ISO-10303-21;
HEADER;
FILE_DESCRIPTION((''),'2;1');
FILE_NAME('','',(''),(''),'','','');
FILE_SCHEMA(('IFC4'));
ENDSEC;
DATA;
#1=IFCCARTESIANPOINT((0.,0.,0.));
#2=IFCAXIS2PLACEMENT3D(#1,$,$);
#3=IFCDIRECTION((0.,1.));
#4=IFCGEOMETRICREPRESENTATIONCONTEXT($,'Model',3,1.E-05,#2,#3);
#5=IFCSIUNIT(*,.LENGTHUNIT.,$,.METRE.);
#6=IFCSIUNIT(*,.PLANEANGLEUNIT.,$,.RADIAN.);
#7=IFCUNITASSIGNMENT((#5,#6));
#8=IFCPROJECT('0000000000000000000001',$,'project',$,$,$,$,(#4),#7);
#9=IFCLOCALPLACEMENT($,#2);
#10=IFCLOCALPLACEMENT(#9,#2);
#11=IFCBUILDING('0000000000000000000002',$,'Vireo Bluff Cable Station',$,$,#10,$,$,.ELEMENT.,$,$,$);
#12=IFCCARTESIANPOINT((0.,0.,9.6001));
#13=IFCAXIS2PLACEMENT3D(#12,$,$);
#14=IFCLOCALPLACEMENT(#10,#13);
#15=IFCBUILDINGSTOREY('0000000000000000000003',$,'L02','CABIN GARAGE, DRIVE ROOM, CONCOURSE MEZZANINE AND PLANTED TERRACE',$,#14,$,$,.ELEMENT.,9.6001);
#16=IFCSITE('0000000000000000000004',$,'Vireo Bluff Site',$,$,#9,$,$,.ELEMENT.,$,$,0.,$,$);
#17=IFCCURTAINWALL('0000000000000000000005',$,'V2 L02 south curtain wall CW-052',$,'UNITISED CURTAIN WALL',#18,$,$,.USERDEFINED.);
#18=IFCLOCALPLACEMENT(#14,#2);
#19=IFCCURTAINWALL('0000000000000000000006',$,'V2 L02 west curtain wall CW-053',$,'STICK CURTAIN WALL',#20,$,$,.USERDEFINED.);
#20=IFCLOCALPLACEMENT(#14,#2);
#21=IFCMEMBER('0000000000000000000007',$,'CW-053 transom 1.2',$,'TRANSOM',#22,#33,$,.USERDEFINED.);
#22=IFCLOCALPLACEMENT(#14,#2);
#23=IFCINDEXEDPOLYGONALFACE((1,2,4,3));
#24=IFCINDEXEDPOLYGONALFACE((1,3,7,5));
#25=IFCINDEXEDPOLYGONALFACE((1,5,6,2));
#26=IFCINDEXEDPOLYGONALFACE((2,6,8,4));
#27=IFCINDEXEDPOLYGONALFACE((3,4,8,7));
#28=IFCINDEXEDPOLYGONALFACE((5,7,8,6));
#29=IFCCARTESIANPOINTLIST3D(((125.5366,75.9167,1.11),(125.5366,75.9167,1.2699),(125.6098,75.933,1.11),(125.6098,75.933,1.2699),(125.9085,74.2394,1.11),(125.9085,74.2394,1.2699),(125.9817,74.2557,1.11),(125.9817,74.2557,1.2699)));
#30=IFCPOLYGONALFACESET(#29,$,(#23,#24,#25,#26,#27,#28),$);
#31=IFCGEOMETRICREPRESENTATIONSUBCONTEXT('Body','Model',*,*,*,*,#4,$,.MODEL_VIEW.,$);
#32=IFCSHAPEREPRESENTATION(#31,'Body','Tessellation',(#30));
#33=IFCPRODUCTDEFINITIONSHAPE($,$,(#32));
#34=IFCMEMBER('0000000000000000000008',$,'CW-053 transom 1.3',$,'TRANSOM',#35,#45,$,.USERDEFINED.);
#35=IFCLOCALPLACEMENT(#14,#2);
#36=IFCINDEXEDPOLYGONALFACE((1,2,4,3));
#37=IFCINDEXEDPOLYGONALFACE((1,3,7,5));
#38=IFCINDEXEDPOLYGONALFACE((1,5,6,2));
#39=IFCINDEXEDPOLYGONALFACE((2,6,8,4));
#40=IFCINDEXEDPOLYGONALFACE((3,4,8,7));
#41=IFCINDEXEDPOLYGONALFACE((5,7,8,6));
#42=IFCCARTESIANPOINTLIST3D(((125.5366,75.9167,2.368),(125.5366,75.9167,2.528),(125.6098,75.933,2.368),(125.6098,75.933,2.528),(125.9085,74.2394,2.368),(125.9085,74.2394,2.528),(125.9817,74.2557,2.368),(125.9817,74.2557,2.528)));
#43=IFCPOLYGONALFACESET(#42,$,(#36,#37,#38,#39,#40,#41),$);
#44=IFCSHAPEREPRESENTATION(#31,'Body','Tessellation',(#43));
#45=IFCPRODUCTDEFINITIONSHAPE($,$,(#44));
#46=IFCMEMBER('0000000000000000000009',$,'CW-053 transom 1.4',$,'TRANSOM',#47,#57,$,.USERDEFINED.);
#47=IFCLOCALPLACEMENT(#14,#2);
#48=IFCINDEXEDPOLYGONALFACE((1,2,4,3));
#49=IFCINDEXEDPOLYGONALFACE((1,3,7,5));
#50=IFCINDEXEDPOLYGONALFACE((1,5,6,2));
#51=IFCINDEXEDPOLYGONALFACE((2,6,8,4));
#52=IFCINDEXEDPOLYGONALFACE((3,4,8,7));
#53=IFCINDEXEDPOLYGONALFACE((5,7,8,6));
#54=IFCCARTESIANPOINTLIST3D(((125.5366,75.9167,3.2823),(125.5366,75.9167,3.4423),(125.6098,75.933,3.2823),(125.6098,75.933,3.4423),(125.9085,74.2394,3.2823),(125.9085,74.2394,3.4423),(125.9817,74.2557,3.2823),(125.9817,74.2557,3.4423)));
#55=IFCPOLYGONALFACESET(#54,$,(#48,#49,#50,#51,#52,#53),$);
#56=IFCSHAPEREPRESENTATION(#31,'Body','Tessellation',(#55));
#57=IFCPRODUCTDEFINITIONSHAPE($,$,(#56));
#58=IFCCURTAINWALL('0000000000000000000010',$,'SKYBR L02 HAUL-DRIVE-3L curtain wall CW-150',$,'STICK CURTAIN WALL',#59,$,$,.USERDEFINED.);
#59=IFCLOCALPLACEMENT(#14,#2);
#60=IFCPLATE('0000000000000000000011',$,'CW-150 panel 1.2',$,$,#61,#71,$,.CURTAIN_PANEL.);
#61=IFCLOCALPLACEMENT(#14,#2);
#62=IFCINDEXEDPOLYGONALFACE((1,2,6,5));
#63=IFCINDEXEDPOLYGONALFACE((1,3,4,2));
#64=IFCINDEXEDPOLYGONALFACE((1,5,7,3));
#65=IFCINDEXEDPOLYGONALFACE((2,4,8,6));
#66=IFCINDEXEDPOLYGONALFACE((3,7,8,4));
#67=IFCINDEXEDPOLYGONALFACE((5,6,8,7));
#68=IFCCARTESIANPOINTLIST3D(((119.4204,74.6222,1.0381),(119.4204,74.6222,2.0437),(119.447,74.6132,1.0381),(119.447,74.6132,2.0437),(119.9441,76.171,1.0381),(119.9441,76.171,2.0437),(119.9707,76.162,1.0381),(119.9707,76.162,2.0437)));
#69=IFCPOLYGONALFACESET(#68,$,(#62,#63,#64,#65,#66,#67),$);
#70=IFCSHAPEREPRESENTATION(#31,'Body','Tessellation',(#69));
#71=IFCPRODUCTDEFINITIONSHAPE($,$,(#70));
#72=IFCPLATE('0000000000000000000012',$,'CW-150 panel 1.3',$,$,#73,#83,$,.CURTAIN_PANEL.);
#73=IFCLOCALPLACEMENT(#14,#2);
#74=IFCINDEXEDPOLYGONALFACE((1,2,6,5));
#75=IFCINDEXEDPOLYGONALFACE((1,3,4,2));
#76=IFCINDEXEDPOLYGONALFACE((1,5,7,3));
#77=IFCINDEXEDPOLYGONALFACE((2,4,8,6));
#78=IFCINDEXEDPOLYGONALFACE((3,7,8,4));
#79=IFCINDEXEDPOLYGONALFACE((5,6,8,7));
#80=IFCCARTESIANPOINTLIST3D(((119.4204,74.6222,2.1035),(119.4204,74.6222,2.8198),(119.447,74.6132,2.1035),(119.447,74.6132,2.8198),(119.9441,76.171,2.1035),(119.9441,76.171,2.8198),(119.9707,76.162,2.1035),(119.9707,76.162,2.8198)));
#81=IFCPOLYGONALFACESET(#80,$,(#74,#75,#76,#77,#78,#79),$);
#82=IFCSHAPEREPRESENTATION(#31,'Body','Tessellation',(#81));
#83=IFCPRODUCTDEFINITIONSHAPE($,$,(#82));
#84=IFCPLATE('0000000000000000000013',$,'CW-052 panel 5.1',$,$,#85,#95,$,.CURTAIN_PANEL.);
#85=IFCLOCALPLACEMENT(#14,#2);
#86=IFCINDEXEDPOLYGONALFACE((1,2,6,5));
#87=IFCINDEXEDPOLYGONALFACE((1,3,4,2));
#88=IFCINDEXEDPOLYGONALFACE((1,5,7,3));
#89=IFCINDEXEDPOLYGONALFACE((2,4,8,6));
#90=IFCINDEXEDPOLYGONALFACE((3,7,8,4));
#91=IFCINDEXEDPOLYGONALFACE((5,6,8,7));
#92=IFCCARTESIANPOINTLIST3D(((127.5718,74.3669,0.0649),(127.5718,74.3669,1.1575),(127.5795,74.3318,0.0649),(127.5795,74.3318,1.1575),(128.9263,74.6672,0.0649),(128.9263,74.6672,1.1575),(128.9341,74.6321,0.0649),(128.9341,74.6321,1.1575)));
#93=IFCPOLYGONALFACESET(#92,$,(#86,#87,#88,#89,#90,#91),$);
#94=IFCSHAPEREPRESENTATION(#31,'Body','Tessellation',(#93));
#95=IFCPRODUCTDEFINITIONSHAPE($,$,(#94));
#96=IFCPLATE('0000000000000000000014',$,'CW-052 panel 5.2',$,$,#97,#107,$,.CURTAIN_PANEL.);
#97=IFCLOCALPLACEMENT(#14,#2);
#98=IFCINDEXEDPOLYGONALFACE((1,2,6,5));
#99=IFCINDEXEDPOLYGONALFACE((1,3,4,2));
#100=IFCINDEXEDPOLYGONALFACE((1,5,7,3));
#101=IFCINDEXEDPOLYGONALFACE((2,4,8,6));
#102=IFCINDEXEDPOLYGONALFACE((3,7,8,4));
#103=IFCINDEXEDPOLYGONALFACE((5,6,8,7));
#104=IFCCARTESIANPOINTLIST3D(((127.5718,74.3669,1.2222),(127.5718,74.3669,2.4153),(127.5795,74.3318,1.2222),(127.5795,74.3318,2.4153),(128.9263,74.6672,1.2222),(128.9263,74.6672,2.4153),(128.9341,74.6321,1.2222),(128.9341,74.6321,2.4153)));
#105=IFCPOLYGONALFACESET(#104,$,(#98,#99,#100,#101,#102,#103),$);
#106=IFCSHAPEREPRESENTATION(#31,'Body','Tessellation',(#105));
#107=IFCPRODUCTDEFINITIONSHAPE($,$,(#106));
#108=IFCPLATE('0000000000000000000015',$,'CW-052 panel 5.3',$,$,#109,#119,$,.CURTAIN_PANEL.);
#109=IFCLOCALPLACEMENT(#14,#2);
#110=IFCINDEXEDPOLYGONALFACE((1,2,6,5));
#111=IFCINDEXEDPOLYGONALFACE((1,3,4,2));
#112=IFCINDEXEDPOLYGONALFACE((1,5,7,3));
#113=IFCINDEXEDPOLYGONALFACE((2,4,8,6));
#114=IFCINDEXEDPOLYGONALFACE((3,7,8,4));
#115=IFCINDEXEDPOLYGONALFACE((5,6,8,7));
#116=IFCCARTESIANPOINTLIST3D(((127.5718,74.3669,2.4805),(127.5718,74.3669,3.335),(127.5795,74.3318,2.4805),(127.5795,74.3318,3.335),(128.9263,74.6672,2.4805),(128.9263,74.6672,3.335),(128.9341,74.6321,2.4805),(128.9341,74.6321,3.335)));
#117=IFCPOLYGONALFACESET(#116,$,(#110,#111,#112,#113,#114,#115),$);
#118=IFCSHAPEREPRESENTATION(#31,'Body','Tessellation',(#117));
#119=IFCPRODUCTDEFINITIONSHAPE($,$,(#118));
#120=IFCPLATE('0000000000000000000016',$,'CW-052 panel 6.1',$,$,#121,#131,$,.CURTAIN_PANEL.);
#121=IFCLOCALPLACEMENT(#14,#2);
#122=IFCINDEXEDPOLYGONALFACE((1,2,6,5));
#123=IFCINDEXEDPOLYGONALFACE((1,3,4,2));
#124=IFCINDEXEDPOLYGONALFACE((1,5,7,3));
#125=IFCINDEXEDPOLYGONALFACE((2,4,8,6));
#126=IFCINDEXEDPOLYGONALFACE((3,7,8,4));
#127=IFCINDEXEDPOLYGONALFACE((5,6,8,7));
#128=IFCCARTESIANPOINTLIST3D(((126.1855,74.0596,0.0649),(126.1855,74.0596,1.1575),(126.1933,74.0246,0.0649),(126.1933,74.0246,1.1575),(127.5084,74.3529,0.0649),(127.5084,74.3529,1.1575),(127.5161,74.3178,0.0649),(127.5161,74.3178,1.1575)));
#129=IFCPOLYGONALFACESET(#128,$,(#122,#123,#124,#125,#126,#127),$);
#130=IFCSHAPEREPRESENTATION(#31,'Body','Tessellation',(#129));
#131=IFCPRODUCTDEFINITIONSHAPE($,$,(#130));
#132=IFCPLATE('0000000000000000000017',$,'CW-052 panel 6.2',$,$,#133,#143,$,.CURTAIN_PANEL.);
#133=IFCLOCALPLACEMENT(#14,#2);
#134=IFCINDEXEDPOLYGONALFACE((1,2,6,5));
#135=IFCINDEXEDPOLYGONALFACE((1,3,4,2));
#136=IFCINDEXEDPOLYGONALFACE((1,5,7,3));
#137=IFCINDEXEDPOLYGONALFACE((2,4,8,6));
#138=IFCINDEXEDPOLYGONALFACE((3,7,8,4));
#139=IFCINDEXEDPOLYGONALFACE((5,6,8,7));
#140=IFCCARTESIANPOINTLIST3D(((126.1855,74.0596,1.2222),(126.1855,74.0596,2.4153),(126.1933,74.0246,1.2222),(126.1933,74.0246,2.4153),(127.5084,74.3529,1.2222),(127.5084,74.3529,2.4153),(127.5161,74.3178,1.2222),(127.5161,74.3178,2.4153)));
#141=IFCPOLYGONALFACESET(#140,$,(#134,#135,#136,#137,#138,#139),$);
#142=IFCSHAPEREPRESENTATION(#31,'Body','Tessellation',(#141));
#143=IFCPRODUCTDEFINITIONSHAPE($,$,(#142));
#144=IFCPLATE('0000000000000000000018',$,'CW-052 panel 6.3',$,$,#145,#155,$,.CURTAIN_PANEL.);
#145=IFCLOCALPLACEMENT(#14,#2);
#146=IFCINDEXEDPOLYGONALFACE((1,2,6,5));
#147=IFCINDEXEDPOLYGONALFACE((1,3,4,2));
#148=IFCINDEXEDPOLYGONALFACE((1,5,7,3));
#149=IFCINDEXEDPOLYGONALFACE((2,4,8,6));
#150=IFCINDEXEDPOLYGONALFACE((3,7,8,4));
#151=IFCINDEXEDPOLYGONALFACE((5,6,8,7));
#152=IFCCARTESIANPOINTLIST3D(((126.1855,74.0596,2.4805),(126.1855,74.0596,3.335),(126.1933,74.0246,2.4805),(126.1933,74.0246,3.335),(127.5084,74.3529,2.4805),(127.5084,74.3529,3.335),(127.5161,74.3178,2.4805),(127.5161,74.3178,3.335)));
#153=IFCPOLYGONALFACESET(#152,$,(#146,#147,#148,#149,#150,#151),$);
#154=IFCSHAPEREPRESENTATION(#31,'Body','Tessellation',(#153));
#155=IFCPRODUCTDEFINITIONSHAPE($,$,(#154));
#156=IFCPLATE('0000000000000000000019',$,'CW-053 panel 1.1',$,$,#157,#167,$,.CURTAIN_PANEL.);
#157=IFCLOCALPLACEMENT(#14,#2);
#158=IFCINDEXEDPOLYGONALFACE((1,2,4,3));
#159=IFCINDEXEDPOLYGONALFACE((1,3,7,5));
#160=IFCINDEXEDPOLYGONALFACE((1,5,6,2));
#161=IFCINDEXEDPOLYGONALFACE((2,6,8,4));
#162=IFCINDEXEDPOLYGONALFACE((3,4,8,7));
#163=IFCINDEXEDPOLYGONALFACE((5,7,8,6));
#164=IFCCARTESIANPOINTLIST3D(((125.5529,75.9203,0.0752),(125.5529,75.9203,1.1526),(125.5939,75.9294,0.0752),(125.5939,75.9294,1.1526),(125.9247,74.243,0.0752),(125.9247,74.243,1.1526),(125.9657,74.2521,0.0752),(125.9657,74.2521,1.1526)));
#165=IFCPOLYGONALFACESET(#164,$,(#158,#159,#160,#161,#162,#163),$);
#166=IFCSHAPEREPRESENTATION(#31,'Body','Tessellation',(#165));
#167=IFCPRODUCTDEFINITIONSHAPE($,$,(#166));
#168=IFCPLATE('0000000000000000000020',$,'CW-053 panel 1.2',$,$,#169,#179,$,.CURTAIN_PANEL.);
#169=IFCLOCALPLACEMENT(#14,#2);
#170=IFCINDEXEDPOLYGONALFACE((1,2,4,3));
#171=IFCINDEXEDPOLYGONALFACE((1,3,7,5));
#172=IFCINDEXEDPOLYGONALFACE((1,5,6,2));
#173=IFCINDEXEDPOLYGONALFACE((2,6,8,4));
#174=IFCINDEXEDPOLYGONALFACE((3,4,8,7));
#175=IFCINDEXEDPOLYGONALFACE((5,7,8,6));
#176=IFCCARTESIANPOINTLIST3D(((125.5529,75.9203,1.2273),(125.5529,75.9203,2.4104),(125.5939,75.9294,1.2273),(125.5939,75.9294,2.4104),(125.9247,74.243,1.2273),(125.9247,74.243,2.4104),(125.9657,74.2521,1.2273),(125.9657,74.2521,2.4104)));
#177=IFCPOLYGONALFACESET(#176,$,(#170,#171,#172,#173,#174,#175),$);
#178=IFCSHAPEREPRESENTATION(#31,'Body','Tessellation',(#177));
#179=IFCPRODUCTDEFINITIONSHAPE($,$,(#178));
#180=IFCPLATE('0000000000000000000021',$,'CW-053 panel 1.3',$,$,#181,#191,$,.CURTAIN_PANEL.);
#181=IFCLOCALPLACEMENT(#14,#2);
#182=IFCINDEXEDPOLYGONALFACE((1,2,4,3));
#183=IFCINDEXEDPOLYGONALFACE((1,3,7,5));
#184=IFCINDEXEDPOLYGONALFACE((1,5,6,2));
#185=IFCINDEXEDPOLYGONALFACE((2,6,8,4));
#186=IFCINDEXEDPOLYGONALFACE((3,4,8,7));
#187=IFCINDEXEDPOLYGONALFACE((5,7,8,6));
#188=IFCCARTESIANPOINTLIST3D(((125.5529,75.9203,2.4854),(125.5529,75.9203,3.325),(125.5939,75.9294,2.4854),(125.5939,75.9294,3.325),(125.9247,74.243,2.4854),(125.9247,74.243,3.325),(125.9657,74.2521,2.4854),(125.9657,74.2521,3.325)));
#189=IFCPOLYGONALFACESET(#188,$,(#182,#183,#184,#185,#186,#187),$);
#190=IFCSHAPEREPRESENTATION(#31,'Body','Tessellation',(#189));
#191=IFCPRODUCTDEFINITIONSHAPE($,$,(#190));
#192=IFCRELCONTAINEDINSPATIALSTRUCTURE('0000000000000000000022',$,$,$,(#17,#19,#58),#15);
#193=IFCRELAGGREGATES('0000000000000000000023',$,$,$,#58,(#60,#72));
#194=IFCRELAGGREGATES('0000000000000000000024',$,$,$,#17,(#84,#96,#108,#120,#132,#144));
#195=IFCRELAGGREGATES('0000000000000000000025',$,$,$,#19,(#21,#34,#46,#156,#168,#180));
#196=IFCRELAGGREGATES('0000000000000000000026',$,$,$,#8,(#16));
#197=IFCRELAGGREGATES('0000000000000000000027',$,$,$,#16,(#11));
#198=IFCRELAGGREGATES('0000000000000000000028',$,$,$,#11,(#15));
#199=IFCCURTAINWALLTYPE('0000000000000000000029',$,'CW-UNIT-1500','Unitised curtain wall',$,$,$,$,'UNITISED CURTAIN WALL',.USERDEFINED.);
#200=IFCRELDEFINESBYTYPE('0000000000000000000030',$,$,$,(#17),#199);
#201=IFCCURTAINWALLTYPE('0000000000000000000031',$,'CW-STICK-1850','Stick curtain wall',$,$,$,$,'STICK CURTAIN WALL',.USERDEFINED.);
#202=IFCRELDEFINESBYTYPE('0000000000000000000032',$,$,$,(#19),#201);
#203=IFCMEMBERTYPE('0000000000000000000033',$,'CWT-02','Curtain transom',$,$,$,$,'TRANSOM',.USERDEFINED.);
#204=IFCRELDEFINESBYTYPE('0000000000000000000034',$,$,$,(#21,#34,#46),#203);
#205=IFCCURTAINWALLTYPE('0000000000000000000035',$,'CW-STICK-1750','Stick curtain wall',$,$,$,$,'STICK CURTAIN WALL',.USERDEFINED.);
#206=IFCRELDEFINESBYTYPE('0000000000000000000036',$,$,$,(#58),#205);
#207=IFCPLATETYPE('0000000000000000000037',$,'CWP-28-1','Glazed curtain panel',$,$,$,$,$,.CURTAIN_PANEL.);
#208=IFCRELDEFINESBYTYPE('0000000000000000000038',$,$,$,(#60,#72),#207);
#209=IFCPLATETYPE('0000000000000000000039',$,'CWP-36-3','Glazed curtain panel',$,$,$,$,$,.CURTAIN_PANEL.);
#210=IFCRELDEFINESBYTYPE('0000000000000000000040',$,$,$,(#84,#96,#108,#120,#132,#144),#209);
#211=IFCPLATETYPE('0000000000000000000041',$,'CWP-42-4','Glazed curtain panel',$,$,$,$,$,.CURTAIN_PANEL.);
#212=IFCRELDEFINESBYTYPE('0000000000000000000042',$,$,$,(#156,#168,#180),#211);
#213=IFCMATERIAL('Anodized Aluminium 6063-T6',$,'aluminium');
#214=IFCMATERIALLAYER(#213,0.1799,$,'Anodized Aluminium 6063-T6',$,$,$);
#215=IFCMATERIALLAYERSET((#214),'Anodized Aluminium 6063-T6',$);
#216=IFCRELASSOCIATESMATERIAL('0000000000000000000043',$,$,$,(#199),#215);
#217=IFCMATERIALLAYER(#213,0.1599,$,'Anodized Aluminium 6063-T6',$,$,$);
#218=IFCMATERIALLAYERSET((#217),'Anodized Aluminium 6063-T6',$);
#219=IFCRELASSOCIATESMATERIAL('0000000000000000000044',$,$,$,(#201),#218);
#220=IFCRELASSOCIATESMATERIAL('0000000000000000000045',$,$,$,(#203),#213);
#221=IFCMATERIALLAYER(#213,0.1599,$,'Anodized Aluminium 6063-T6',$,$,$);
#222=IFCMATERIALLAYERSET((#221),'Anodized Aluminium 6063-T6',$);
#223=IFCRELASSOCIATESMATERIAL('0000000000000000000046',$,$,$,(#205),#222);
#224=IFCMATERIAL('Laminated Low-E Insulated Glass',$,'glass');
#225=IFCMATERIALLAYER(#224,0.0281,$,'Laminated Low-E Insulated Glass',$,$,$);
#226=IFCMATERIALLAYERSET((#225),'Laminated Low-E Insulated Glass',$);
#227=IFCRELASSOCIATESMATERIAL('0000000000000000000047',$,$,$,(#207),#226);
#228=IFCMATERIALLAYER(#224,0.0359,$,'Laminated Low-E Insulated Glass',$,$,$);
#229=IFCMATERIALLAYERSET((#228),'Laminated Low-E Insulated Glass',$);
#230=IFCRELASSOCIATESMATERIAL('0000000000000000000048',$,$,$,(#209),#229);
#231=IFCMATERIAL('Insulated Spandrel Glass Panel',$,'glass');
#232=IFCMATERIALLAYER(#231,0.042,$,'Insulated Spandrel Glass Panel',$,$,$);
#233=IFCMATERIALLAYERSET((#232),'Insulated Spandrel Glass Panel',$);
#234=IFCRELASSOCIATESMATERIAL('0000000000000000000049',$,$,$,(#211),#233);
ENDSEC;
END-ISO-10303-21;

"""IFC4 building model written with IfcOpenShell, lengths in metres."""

from ifc_helpers import new_model, si_unit, direction, frame, origin, origin_2d, place, context, subcontext, project, spatial, rectangle, extrude, material, layer, layer_set, material_profile, profile_set, type_object, element, aggregate, save


model = new_model("IFC4")

# Units and contexts
model_context = context("Model", 3, precision=1e-05, world=origin(), true_north=direction((0.0, 1.0)))
body_context = subcontext(model_context, "Body", "Model", "MODEL_VIEW")
ifc_project = project(units=[si_unit("LENGTHUNIT", "METRE"), si_unit("PLANEANGLEUNIT", "RADIAN")], contexts=[model_context])

# Site, building, storey
site_placement = place(None, origin())
site = spatial("IfcSite", under=ifc_project, at=site_placement, Name="Vireo Bluff Site", CompositionType="ELEMENT", RefElevation=0.0)
building_placement = place(site_placement, origin())
building = spatial("IfcBuilding", under=site, at=building_placement, Name="Vireo Bluff Cable Station", CompositionType="ELEMENT")
storey_placement = place(building_placement, frame((0.0, 0.0, 9.6001)))
storey = spatial("IfcBuildingStorey", under=building, at=storey_placement, Name="L02", Description="CABIN GARAGE, DRIVE ROOM, CONCOURSE MEZZANINE AND PLANTED TERRACE", CompositionType="ELEMENT", Elevation=9.6001)

# Curtain wall
ifc_material_1 = material(Name="Anodized Aluminium 6063-T6", Category="aluminium")
ifc_layer_1 = layer(ifc_material_1, 0.1799, Name="Anodized Aluminium 6063-T6")
ifc_layer_set_1 = layer_set([ifc_layer_1], Name="Anodized Aluminium 6063-T6")
curtain_wall_type_1 = type_object("IfcCurtainWallType", Name="CW-UNIT-1500", Description="Unitised curtain wall", ElementType="UNITISED CURTAIN WALL", PredefinedType="USERDEFINED", material=ifc_layer_set_1)
curtain_wall_1_placement = place(storey_placement, origin())
curtain_wall_1 = element("IfcCurtainWall", 1, at=curtain_wall_1_placement, inside=storey, type_object=curtain_wall_type_1, Name="V2 L02 south curtain wall CW-052", ObjectType="UNITISED CURTAIN WALL", PredefinedType="USERDEFINED")

# Curtain wall
ifc_layer_2 = layer(ifc_material_1, 0.1599, Name="Anodized Aluminium 6063-T6")
ifc_layer_set_2 = layer_set([ifc_layer_2], Name="Anodized Aluminium 6063-T6")
curtain_wall_type_2 = type_object("IfcCurtainWallType", Name="CW-STICK-1850", Description="Stick curtain wall", ElementType="STICK CURTAIN WALL", PredefinedType="USERDEFINED", material=ifc_layer_set_2)
curtain_wall_2_placement = place(storey_placement, origin())
curtain_wall_2 = element("IfcCurtainWall", 2, at=curtain_wall_2_placement, inside=storey, type_object=curtain_wall_type_2, Name="V2 L02 west curtain wall CW-053", ObjectType="STICK CURTAIN WALL", PredefinedType="USERDEFINED")

# Members
ifc_material_profile_1 = material_profile(ifc_material_1, rectangle(XDim=0.075, YDim=0.1599, at=origin_2d()), Name="ALU-T-75X160")
ifc_profile_set_1 = profile_set([ifc_material_profile_1], Name="Anodized Aluminium 6063-T6")
member_type_1 = type_object("IfcMemberType", Name="CWT-02", Description="Curtain transom", ElementType="TRANSOM", PredefinedType="USERDEFINED", material=ifc_profile_set_1)
member_1_placement = place(storey_placement, frame((125.9451, 74.2476, 1.1899), z_axis=(-0.216434, 0.976297, 0.0), x_axis=(-0.976297, -0.216434, 0.0)))
member_1 = element("IfcMember", 3, at=member_1_placement, type_object=member_type_1, Name="CW-053 transom 1.2", ObjectType="TRANSOM", PredefinedType="USERDEFINED", context=body_context, shape_type="SweptSolid", body=[
    extrude(rectangle(XDim=0.075, YDim=0.1599, at=origin_2d()), origin(), (0.0, 0.0, 1.0), 1.718),
])
member_2_placement = place(storey_placement, frame((125.9451, 74.2476, 2.448), z_axis=(-0.216434, 0.976297, 0.0), x_axis=(-0.976297, -0.216434, 0.0)))
member_2 = element("IfcMember", 4, at=member_2_placement, type_object=member_type_1, Name="CW-053 transom 1.3", ObjectType="TRANSOM", PredefinedType="USERDEFINED", context=body_context, shape_type="SweptSolid", body=[
    extrude(rectangle(XDim=0.075, YDim=0.1599, at=origin_2d()), origin(), (0.0, 0.0, 1.0), 1.718),
])
member_3_placement = place(storey_placement, frame((125.9451, 74.2476, 3.3623), z_axis=(-0.216434, 0.976297, 0.0), x_axis=(-0.976297, -0.216434, 0.0)))
member_3 = element("IfcMember", 5, at=member_3_placement, type_object=member_type_1, Name="CW-053 transom 1.4", ObjectType="TRANSOM", PredefinedType="USERDEFINED", context=body_context, shape_type="SweptSolid", body=[
    extrude(rectangle(XDim=0.075, YDim=0.1599, at=origin_2d()), origin(), (0.0, 0.0, 1.0), 1.718),
])

# Curtain wall, plates
ifc_layer_3 = layer(ifc_material_1, 0.1599, Name="Anodized Aluminium 6063-T6")
ifc_layer_set_3 = layer_set([ifc_layer_3], Name="Anodized Aluminium 6063-T6")
curtain_wall_type_3 = type_object("IfcCurtainWallType", Name="CW-STICK-1750", Description="Stick curtain wall", ElementType="STICK CURTAIN WALL", PredefinedType="USERDEFINED", material=ifc_layer_set_3)
curtain_wall_3_placement = place(storey_placement, origin())
curtain_wall_3 = element("IfcCurtainWall", 6, at=curtain_wall_3_placement, inside=storey, type_object=curtain_wall_type_3, Name="SKYBR L02 HAUL-DRIVE-3L curtain wall CW-150", ObjectType="STICK CURTAIN WALL", PredefinedType="USERDEFINED")
ifc_material_2 = material(Name="Laminated Low-E Insulated Glass", Category="glass")
ifc_layer_4 = layer(ifc_material_2, 0.0281, Name="Laminated Low-E Insulated Glass")
ifc_layer_set_4 = layer_set([ifc_layer_4], Name="Laminated Low-E Insulated Glass")
plate_type_1 = type_object("IfcPlateType", Name="CWP-28-1", Description="Glazed curtain panel", PredefinedType="CURTAIN_PANEL", material=ifc_layer_set_4)
plate_1_placement = place(storey_placement, frame((119.6956, 75.3921, 1.0381), z_axis=(0.0, 0.0, 1.0), x_axis=(0.320354, 0.947298, 0.0)))
plate_1 = element("IfcPlate", 7, at=plate_1_placement, type_object=plate_type_1, Name="CW-150 panel 1.2", PredefinedType="CURTAIN_PANEL", context=body_context, shape_type="SweptSolid", body=[
    extrude(rectangle(XDim=1.635, YDim=0.0281, at=origin_2d()), origin(), (0.0, 0.0, 1.0), 1.0056),
])
plate_2_placement = place(storey_placement, frame((119.6956, 75.3921, 2.1035), z_axis=(0.0, 0.0, 1.0), x_axis=(0.320354, 0.947298, 0.0)))
plate_2 = element("IfcPlate", 8, at=plate_2_placement, type_object=plate_type_1, Name="CW-150 panel 1.3", PredefinedType="CURTAIN_PANEL", context=body_context, shape_type="SweptSolid", body=[
    extrude(rectangle(XDim=1.635, YDim=0.0281, at=origin_2d()), origin(), (0.0, 0.0, 1.0), 0.7163),
])
aggregate(curtain_wall_3, [plate_1, plate_2])

# Plates
ifc_layer_5 = layer(ifc_material_2, 0.0359, Name="Laminated Low-E Insulated Glass")
ifc_layer_set_5 = layer_set([ifc_layer_5], Name="Laminated Low-E Insulated Glass")
plate_type_2 = type_object("IfcPlateType", Name="CWP-36-3", Description="Glazed curtain panel", PredefinedType="CURTAIN_PANEL", material=ifc_layer_set_5)
plate_3_placement = place(storey_placement, frame((128.2529, 74.4995, 0.0649), z_axis=(0.0, 0.0, 1.0), x_axis=(-0.976296, -0.21644, 0.0)))
plate_3 = element("IfcPlate", 9, at=plate_3_placement, type_object=plate_type_2, Name="CW-052 panel 5.1", PredefinedType="CURTAIN_PANEL", context=body_context, shape_type="SweptSolid", body=[
    extrude(rectangle(XDim=1.3875, YDim=0.0359, at=origin_2d()), origin(), (0.0, 0.0, 1.0), 1.0925),
])
plate_4_placement = place(storey_placement, frame((128.2529, 74.4995, 1.2222), z_axis=(0.0, 0.0, 1.0), x_axis=(-0.976296, -0.21644, 0.0)))
plate_4 = element("IfcPlate", 10, at=plate_4_placement, type_object=plate_type_2, Name="CW-052 panel 5.2", PredefinedType="CURTAIN_PANEL", context=body_context, shape_type="SweptSolid", body=[
    extrude(rectangle(XDim=1.3875, YDim=0.0359, at=origin_2d()), origin(), (0.0, 0.0, 1.0), 1.1931),
])
plate_5_placement = place(storey_placement, frame((128.2529, 74.4995, 2.4805), z_axis=(0.0, 0.0, 1.0), x_axis=(-0.976296, -0.21644, 0.0)))
plate_5 = element("IfcPlate", 11, at=plate_5_placement, type_object=plate_type_2, Name="CW-052 panel 5.3", PredefinedType="CURTAIN_PANEL", context=body_context, shape_type="SweptSolid", body=[
    extrude(rectangle(XDim=1.3875, YDim=0.0359, at=origin_2d()), origin(), (0.0, 0.0, 1.0), 0.8545),
])
plate_6_placement = place(storey_placement, frame((126.8508, 74.1887, 0.0649), z_axis=(0.0, 0.0, 1.0), x_axis=(-0.976296, -0.21644, 0.0)))
plate_6 = element("IfcPlate", 12, at=plate_6_placement, type_object=plate_type_2, Name="CW-052 panel 6.1", PredefinedType="CURTAIN_PANEL", context=body_context, shape_type="SweptSolid", body=[
    extrude(rectangle(XDim=1.355, YDim=0.0359, at=origin_2d()), origin(), (0.0, 0.0, 1.0), 1.0925),
])
plate_7_placement = place(storey_placement, frame((126.8508, 74.1887, 1.2222), z_axis=(0.0, 0.0, 1.0), x_axis=(-0.976296, -0.21644, 0.0)))
plate_7 = element("IfcPlate", 13, at=plate_7_placement, type_object=plate_type_2, Name="CW-052 panel 6.2", PredefinedType="CURTAIN_PANEL", context=body_context, shape_type="SweptSolid", body=[
    extrude(rectangle(XDim=1.355, YDim=0.0359, at=origin_2d()), origin(), (0.0, 0.0, 1.0), 1.1931),
])
plate_8_placement = place(storey_placement, frame((126.8508, 74.1887, 2.4805), z_axis=(0.0, 0.0, 1.0), x_axis=(-0.976296, -0.21644, 0.0)))
plate_8 = element("IfcPlate", 14, at=plate_8_placement, type_object=plate_type_2, Name="CW-052 panel 6.3", PredefinedType="CURTAIN_PANEL", context=body_context, shape_type="SweptSolid", body=[
    extrude(rectangle(XDim=1.355, YDim=0.0359, at=origin_2d()), origin(), (0.0, 0.0, 1.0), 0.8545),
])
aggregate(curtain_wall_1, [plate_3, plate_4, plate_5, plate_6, plate_7, plate_8])
ifc_material_3 = material(Name="Insulated Spandrel Glass Panel", Category="glass")
ifc_layer_6 = layer(ifc_material_3, 0.042, Name="Insulated Spandrel Glass Panel")
ifc_layer_set_6 = layer_set([ifc_layer_6], Name="Insulated Spandrel Glass Panel")
plate_type_3 = type_object("IfcPlateType", Name="CWP-42-4", Description="Glazed curtain panel", PredefinedType="CURTAIN_PANEL", material=ifc_layer_set_6)
plate_9_placement = place(storey_placement, frame((125.7593, 75.0862, 0.0752), z_axis=(0.0, 0.0, 1.0), x_axis=(-0.21644, 0.976296, 0.0)))
plate_9 = element("IfcPlate", 15, at=plate_9_placement, type_object=plate_type_3, Name="CW-053 panel 1.1", PredefinedType="CURTAIN_PANEL", context=body_context, shape_type="SweptSolid", body=[
    extrude(rectangle(XDim=1.718, YDim=0.042, at=origin_2d()), origin(), (0.0, 0.0, 1.0), 1.0774),
])
plate_10_placement = place(storey_placement, frame((125.7593, 75.0862, 1.2273), z_axis=(0.0, 0.0, 1.0), x_axis=(-0.21644, 0.976296, 0.0)))
plate_10 = element("IfcPlate", 16, at=plate_10_placement, type_object=plate_type_3, Name="CW-053 panel 1.2", PredefinedType="CURTAIN_PANEL", context=body_context, shape_type="SweptSolid", body=[
    extrude(rectangle(XDim=1.718, YDim=0.042, at=origin_2d()), origin(), (0.0, 0.0, 1.0), 1.1831),
])
plate_11_placement = place(storey_placement, frame((125.7593, 75.0862, 2.4854), z_axis=(0.0, 0.0, 1.0), x_axis=(-0.21644, 0.976296, 0.0)))
plate_11 = element("IfcPlate", 17, at=plate_11_placement, type_object=plate_type_3, Name="CW-053 panel 1.3", PredefinedType="CURTAIN_PANEL", context=body_context, shape_type="SweptSolid", body=[
    extrude(rectangle(XDim=1.718, YDim=0.042, at=origin_2d()), origin(), (0.0, 0.0, 1.0), 0.8396),
])
aggregate(curtain_wall_2, [member_1, member_2, member_3, plate_9, plate_10, plate_11])

save(model, "model.ifc")
